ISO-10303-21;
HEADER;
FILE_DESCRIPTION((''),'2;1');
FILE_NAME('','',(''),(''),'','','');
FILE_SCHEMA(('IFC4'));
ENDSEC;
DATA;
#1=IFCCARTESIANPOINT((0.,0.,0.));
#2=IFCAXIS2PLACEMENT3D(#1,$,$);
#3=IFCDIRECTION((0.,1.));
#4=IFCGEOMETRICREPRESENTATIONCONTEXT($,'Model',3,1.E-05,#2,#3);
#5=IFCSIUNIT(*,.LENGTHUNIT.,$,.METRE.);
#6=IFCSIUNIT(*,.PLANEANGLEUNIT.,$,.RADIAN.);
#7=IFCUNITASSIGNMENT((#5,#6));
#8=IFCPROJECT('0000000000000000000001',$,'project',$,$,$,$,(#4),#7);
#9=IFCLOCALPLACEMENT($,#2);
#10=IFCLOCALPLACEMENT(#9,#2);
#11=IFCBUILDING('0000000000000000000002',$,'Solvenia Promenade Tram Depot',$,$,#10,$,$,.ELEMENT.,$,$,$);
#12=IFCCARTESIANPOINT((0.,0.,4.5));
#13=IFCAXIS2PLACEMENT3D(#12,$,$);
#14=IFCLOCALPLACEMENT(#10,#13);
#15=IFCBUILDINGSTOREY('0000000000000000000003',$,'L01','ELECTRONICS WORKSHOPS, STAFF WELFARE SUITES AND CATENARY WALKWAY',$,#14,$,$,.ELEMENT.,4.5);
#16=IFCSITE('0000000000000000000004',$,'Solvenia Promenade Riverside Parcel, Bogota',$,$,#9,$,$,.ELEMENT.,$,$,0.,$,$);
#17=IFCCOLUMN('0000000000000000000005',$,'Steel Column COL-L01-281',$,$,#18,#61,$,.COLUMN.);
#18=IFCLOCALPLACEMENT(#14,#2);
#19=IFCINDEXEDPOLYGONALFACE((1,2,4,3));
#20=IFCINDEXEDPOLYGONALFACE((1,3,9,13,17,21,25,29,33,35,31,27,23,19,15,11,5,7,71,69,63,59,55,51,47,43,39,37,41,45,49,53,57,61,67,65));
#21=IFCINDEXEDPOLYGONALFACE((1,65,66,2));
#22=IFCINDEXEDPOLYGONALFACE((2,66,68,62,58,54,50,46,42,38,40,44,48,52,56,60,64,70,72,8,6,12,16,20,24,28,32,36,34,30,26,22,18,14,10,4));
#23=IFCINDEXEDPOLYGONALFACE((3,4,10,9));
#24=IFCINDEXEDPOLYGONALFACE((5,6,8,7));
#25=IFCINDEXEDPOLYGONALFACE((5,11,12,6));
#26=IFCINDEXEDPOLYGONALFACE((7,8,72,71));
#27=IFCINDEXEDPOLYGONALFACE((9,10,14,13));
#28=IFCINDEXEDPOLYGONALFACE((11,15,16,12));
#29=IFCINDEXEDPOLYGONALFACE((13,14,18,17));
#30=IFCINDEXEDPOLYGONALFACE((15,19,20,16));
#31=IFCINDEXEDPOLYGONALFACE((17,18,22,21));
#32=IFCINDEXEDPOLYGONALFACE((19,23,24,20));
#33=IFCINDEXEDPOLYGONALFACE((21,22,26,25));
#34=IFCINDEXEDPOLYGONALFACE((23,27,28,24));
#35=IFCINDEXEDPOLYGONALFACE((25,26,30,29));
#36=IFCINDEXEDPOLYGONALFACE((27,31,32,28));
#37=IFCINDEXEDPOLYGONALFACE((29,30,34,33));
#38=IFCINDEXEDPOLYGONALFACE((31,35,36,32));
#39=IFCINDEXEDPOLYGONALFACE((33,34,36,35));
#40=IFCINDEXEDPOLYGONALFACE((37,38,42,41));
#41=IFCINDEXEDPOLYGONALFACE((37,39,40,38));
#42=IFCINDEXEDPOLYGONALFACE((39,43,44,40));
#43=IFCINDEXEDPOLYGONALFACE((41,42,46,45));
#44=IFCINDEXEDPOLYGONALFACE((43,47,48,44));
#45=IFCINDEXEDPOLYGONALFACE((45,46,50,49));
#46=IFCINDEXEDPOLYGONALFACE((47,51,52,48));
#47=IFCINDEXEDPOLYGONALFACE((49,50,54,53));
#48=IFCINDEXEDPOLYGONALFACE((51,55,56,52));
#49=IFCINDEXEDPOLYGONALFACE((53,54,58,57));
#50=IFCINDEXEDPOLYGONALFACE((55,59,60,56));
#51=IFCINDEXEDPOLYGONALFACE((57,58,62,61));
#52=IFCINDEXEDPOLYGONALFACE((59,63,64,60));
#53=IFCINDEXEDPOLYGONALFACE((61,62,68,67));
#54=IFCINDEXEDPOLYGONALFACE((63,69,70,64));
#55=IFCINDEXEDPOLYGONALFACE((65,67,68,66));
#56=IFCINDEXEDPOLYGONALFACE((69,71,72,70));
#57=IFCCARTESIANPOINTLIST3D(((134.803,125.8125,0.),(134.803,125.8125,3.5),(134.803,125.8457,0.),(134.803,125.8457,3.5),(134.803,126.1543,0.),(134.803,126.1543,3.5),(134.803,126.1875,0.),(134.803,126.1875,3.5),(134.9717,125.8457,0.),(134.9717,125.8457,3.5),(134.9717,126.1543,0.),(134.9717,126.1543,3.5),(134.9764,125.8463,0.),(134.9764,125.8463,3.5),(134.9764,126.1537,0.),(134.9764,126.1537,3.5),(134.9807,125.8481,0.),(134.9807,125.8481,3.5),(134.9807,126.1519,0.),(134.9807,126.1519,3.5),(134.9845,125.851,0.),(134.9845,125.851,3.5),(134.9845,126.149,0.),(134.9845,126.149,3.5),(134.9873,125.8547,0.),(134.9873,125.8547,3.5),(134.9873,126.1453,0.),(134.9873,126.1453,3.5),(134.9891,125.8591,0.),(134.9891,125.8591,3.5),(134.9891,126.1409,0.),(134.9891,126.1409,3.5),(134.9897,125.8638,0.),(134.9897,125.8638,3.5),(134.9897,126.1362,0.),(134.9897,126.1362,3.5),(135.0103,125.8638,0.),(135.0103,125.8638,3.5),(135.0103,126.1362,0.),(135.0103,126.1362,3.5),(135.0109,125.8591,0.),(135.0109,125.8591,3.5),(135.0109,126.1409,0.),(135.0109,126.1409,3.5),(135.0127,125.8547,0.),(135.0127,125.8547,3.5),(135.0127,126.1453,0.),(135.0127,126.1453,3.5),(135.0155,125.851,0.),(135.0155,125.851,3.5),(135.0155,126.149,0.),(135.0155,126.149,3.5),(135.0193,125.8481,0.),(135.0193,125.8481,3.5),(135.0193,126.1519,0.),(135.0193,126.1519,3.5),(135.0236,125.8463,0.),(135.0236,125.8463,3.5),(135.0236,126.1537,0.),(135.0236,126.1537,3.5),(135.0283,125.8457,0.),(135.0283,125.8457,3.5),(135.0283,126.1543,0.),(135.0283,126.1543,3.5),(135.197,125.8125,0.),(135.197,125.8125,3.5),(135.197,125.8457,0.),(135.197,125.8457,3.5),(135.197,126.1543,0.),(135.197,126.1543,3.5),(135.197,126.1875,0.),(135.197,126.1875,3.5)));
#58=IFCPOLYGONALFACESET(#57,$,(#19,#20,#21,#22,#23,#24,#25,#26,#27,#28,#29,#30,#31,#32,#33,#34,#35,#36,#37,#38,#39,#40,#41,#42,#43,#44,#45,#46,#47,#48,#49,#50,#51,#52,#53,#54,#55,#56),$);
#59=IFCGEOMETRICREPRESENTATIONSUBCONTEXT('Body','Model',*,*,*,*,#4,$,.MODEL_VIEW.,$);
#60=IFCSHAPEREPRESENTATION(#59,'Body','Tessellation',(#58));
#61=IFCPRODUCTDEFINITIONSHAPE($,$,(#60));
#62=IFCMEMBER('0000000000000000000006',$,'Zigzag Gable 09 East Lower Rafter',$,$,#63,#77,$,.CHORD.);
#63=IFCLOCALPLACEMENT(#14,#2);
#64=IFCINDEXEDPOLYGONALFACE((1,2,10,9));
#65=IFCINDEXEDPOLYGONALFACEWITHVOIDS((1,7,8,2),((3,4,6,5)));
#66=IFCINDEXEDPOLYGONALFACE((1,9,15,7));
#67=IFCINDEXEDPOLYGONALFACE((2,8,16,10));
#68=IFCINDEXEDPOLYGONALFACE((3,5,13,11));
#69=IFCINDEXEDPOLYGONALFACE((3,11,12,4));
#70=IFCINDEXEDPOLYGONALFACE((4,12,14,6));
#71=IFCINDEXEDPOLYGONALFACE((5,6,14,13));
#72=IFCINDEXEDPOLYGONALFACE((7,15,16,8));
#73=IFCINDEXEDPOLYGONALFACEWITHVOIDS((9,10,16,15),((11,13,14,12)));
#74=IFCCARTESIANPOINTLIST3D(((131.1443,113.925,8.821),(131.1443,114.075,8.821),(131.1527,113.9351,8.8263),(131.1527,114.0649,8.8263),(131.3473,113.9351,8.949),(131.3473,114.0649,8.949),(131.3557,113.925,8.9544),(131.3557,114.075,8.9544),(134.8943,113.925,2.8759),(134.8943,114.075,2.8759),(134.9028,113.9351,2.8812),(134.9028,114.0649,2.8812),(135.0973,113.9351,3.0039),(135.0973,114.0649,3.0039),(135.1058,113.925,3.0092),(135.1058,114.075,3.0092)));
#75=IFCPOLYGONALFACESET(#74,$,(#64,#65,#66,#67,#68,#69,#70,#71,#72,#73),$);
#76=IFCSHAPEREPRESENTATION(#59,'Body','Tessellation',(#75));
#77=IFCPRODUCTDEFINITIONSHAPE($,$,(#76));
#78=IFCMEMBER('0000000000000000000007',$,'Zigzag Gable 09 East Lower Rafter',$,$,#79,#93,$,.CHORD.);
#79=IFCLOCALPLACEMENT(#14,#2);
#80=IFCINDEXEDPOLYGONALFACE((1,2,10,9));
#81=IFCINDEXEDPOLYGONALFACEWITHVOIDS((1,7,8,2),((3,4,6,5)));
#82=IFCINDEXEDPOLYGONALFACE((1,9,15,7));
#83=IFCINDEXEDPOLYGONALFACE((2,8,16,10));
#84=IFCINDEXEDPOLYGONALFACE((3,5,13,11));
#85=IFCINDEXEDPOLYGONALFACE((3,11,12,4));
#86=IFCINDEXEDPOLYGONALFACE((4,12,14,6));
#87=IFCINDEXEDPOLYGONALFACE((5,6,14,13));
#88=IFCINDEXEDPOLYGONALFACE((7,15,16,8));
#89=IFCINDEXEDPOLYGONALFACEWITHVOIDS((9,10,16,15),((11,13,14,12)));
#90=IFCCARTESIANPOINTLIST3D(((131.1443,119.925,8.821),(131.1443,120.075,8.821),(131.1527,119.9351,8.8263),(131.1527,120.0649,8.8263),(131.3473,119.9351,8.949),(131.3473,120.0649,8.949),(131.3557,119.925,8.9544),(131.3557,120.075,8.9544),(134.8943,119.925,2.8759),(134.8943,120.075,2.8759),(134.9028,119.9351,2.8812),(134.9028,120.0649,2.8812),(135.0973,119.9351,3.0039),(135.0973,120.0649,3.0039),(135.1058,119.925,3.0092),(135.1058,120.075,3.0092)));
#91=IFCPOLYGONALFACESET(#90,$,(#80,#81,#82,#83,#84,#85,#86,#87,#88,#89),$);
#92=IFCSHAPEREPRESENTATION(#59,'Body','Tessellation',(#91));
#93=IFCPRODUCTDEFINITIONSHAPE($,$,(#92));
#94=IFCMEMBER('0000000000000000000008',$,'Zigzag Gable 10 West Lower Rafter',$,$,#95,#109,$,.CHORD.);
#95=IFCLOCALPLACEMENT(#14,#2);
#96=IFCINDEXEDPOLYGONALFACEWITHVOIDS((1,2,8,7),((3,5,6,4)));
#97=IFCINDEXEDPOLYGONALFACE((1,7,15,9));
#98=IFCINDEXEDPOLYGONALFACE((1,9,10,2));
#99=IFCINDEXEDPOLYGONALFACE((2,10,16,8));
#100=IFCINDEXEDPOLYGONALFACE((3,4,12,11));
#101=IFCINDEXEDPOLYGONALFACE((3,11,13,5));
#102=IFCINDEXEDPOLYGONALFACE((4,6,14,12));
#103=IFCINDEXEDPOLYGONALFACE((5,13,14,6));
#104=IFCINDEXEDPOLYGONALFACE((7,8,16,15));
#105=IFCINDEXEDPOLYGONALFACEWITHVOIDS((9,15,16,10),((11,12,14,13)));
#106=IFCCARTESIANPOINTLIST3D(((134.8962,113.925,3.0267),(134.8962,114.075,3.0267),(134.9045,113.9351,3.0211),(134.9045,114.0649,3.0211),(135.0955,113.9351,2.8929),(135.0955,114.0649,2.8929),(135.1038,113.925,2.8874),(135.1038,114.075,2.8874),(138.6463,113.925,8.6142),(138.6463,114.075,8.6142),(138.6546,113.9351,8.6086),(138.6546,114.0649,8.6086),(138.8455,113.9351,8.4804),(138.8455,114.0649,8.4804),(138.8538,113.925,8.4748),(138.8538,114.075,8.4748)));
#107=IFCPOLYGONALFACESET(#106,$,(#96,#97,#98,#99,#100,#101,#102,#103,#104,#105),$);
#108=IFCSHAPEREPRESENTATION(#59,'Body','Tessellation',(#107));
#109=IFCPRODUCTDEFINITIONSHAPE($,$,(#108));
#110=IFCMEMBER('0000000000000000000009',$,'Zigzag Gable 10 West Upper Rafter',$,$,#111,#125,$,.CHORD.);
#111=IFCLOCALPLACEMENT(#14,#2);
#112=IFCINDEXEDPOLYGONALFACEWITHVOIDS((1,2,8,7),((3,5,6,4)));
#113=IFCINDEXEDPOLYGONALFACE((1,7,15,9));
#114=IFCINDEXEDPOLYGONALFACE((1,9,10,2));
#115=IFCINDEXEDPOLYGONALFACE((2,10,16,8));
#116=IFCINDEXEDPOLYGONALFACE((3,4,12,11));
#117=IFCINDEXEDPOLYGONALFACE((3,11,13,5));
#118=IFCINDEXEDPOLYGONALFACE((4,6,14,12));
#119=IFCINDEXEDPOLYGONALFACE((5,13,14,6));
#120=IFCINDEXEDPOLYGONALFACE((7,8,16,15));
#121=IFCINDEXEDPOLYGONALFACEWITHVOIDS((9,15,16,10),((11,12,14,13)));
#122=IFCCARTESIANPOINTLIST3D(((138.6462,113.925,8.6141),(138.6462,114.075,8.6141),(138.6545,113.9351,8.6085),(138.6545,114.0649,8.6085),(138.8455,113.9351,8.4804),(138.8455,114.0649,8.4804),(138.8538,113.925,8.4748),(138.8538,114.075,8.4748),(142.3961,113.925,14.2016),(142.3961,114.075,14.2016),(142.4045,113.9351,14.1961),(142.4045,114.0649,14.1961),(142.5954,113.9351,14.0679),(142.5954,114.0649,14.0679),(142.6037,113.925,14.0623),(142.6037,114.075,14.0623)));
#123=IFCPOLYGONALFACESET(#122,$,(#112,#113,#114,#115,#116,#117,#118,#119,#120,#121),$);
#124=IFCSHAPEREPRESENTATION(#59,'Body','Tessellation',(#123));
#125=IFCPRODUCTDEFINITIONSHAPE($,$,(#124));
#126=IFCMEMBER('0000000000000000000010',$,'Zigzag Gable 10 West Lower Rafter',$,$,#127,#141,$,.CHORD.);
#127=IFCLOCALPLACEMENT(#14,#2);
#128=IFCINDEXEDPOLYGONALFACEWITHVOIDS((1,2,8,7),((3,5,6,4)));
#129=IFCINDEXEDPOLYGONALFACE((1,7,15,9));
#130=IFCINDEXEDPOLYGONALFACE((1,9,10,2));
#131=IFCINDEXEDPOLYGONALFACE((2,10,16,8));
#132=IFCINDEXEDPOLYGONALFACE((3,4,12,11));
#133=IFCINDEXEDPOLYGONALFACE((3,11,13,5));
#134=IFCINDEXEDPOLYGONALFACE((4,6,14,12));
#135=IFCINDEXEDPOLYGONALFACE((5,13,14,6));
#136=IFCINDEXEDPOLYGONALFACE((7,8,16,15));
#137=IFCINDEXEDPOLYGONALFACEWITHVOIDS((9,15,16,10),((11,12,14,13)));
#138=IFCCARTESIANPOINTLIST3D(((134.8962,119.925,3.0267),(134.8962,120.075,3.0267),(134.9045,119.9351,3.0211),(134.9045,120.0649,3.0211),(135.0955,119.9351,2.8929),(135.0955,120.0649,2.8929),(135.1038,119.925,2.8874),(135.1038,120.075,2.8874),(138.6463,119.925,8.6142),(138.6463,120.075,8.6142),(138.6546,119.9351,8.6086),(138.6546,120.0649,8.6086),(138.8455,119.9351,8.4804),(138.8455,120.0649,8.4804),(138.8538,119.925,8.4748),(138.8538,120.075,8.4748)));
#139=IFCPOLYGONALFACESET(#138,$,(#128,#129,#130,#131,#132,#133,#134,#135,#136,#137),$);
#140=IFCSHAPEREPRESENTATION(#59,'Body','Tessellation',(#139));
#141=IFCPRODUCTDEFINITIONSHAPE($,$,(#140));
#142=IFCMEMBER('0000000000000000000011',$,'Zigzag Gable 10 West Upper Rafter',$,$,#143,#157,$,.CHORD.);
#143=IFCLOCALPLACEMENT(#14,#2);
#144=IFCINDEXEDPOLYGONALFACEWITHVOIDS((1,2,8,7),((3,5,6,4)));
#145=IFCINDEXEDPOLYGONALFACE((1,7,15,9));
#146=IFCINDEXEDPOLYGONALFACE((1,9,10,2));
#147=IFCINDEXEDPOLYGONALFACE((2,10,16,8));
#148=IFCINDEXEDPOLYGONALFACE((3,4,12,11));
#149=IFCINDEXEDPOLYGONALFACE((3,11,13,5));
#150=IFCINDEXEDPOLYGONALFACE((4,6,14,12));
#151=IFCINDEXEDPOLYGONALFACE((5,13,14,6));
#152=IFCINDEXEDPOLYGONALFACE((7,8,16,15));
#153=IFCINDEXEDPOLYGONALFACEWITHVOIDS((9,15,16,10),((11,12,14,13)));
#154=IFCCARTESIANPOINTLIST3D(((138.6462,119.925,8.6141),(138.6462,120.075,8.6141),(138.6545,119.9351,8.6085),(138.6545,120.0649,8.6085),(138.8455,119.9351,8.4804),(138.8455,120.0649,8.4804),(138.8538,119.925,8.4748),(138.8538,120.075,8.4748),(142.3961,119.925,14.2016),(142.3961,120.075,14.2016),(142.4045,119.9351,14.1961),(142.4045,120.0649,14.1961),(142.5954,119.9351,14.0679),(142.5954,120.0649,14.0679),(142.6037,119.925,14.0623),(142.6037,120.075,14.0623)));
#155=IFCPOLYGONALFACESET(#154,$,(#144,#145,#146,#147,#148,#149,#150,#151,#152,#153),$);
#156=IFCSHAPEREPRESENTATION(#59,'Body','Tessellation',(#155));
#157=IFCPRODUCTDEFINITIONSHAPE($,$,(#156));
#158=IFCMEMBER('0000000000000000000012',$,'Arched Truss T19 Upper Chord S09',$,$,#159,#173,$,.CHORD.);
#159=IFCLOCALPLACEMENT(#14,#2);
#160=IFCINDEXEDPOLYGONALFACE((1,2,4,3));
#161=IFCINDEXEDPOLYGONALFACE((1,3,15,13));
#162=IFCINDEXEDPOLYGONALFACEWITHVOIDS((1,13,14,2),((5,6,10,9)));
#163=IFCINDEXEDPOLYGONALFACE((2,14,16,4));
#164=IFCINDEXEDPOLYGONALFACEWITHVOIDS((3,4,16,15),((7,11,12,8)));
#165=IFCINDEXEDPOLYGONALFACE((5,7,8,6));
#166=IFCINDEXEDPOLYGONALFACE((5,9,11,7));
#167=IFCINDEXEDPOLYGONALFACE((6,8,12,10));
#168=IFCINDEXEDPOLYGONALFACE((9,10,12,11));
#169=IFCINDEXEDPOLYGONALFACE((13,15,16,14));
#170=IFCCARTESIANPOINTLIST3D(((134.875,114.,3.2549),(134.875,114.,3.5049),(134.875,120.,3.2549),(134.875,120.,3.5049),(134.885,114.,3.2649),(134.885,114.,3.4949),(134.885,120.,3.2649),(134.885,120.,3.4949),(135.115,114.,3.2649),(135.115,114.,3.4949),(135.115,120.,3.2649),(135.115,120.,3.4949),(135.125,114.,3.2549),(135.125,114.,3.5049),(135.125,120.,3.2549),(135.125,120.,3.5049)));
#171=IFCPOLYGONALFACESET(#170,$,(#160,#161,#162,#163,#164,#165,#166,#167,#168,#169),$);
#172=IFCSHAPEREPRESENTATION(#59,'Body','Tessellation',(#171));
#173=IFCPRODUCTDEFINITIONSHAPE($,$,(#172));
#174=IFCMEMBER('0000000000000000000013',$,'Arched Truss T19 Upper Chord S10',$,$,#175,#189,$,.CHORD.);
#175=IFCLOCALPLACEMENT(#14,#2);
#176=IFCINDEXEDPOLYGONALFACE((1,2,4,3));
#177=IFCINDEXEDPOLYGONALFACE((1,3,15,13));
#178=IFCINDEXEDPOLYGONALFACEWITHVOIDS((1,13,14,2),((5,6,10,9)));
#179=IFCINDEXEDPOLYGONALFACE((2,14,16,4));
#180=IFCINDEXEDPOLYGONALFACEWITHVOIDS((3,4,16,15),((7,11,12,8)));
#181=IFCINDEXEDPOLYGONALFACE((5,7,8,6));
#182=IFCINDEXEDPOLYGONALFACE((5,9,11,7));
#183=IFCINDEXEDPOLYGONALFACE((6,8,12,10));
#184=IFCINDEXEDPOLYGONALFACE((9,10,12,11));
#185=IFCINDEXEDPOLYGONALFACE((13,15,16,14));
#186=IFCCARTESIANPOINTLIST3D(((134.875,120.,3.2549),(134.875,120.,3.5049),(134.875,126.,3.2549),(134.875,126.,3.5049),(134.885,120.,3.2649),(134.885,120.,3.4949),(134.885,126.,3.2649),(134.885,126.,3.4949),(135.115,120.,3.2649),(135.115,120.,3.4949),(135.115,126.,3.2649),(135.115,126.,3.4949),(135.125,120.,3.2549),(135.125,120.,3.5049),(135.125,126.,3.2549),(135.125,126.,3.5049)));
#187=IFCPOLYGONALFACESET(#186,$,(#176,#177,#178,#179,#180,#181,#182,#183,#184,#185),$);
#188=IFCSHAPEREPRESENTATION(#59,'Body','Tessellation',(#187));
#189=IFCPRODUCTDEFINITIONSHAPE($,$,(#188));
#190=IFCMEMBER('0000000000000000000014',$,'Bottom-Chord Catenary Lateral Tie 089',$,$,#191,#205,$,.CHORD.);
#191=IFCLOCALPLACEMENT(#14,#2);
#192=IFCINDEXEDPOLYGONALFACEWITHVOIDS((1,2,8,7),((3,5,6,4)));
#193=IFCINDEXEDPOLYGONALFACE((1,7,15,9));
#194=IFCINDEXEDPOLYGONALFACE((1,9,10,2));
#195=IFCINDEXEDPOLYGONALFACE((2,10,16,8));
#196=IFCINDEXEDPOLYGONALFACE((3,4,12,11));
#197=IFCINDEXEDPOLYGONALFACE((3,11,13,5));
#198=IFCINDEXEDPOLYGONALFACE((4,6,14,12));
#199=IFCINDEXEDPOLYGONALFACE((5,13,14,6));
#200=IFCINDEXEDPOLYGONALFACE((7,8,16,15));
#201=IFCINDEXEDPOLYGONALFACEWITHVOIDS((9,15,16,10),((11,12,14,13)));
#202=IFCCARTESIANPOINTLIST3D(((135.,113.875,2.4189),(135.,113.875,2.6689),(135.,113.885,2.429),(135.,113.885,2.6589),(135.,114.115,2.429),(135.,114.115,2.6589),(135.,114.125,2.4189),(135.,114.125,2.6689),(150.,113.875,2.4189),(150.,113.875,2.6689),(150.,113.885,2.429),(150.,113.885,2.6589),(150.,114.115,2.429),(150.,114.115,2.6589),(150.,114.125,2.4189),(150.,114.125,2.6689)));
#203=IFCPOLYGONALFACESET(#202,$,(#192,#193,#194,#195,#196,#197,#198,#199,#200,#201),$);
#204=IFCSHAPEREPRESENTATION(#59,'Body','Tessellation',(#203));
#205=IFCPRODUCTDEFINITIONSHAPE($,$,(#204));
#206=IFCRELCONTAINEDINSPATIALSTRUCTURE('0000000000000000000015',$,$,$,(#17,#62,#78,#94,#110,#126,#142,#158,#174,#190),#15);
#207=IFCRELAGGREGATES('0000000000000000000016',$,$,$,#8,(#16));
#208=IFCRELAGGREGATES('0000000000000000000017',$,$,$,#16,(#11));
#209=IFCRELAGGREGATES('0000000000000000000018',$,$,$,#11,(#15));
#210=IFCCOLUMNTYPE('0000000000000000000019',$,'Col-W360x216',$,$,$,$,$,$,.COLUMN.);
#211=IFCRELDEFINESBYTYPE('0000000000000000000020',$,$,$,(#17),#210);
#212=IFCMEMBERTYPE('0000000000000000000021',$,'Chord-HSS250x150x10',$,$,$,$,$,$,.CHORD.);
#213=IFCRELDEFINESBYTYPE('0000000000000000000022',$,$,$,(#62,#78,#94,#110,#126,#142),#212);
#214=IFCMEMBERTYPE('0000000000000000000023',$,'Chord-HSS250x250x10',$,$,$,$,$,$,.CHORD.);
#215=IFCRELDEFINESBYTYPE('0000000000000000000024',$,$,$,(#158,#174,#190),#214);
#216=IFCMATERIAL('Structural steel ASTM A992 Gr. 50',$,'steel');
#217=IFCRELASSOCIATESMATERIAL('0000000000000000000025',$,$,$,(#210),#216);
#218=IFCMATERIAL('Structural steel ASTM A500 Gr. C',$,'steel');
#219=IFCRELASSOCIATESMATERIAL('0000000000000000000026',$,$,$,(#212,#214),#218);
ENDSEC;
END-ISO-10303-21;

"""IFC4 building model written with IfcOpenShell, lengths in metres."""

from ifc_helpers import new_model, si_unit, direction, frame, origin, origin_2d, place, context, subcontext, project, spatial, hollow_rectangle, i_section, extrude, material, material_profile, profile_set, type_object, element, save


model = new_model("IFC4")

# Units and contexts
model_context = context("Model", 3, precision=1e-05, world=origin(), true_north=direction((0.0, 1.0)))
body_context = subcontext(model_context, "Body", "Model", "MODEL_VIEW")
ifc_project = project(units=[si_unit("LENGTHUNIT", "METRE"), si_unit("PLANEANGLEUNIT", "RADIAN")], contexts=[model_context])

# Site, building, storey
site_placement = place(None, origin())
site = spatial("IfcSite", under=ifc_project, at=site_placement, Name="Solvenia Promenade Riverside Parcel, Bogota", CompositionType="ELEMENT", RefElevation=0.0)
building_placement = place(site_placement, origin())
building = spatial("IfcBuilding", under=site, at=building_placement, Name="Solvenia Promenade Tram Depot", CompositionType="ELEMENT")
storey_placement = place(building_placement, frame((0.0, 0.0, 4.5)))
storey = spatial("IfcBuildingStorey", under=building, at=storey_placement, Name="L01", Description="ELECTRONICS WORKSHOPS, STAFF WELFARE SUITES AND CATENARY WALKWAY", CompositionType="ELEMENT", Elevation=4.5)

# Column
ifc_material_1 = material(Name="Structural steel ASTM A992 Gr. 50", Category="steel")
ifc_material_profile_1 = material_profile(ifc_material_1, i_section(OverallWidth=0.394, OverallDepth=0.375, WebThickness=0.0205, FlangeThickness=0.0332, FilletRadius=0.0181, at=origin_2d()), Name="W360x216", Category="steel")
ifc_profile_set_1 = profile_set([ifc_material_profile_1], Name="Structural steel ASTM A992 Gr. 50")
column_type = type_object("IfcColumnType", Name="Col-W360x216", PredefinedType="COLUMN", material=ifc_profile_set_1)
column_placement = place(storey_placement, frame((135.0, 126.0, 0.0), z_axis=(0.0, 0.0, 1.0), x_axis=(1.0, 0.0, 0.0)))
element("IfcColumn", 1, at=column_placement, inside=storey, type_object=column_type, Name="Steel Column COL-L01-281", PredefinedType="COLUMN", context=body_context, shape_type="SweptSolid", body=[
    extrude(i_section(OverallWidth=0.394, OverallDepth=0.375, WebThickness=0.0205, FlangeThickness=0.0332, FilletRadius=0.0181, at=origin_2d()), origin(), (0.0, 0.0, 1.0), 3.5),
])

# Members
ifc_material_2 = material(Name="Structural steel ASTM A500 Gr. C", Category="steel")
ifc_material_profile_2 = material_profile(ifc_material_2, hollow_rectangle(XDim=0.1499, YDim=0.25, WallThickness=0.01, at=origin_2d()), Name="HSS250x150x10", Category="steel")
ifc_profile_set_2 = profile_set([ifc_material_profile_2], Name="Structural steel ASTM A500 Gr. C")
member_type_1 = type_object("IfcMemberType", Name="Chord-HSS250x150x10", PredefinedType="CHORD", material=ifc_profile_set_2)
for number, where, z_axis, x_axis, name in (
    (2, (131.25, 114.0, 8.8877), (0.533507, 0.0, -0.845796), (0.0, 1.0, 0.0), "Zigzag Gable 09 East Lower Rafter"),
    (3, (131.25, 120.0, 8.8877), (0.533507, 0.0, -0.845796), (0.0, 1.0, 0.0), "Zigzag Gable 09 East Lower Rafter"),
):
    element("IfcMember", number, at=place(storey_placement, frame(where, z_axis=z_axis, x_axis=x_axis)), inside=storey, type_object=member_type_1, Name=name, PredefinedType="CHORD", context=body_context, shape_type="SweptSolid", body=[
        extrude(hollow_rectangle(XDim=0.1499, YDim=0.25, WallThickness=0.01, at=origin_2d()), origin(), (0.0, 0.0, 1.0), 7.0291),
    ])
for number, where, z_axis, x_axis, name in (
    (4, (135.0, 114.0, 2.957), (0.557276, 0.0, 0.830327), (0.0, 1.0, 0.0), "Zigzag Gable 10 West Lower Rafter"),
    (5, (138.75, 114.0, 8.5444), (0.557259, 0.0, 0.830338), (0.0, 1.0, 0.0), "Zigzag Gable 10 West Upper Rafter"),
    (6, (135.0, 120.0, 2.957), (0.557276, 0.0, 0.830327), (0.0, 1.0, 0.0), "Zigzag Gable 10 West Lower Rafter"),
    (7, (138.75, 120.0, 8.5444), (0.557259, 0.0, 0.830338), (0.0, 1.0, 0.0), "Zigzag Gable 10 West Upper Rafter"),
):
    element("IfcMember", number, at=place(storey_placement, frame(where, z_axis=z_axis, x_axis=x_axis)), inside=storey, type_object=member_type_1, Name=name, PredefinedType="CHORD", context=body_context, shape_type="SweptSolid", body=[
        extrude(hollow_rectangle(XDim=0.1499, YDim=0.25, WallThickness=0.01, at=origin_2d()), origin(), (0.0, 0.0, 1.0), 6.7292),
    ])
ifc_material_profile_3 = material_profile(ifc_material_2, hollow_rectangle(XDim=0.25, YDim=0.25, WallThickness=0.01, at=origin_2d()), Name="HSS250x250x10", Category="steel")
ifc_profile_set_3 = profile_set([ifc_material_profile_3], Name="Structural steel ASTM A500 Gr. C")
member_type_2 = type_object("IfcMemberType", Name="Chord-HSS250x250x10", PredefinedType="CHORD", material=ifc_profile_set_3)
for number, where, z_axis, x_axis, name in (
    (8, (135.0, 114.0, 3.3799), (0.0, 1.0, 0.0), (-1.0, 0.0, 0.0), "Arched Truss T19 Upper Chord S09"),
    (9, (135.0, 120.0, 3.3799), (0.0, 1.0, 0.0), (-1.0, 0.0, 0.0), "Arched Truss T19 Upper Chord S10"),
):
    element("IfcMember", number, at=place(storey_placement, frame(where, z_axis=z_axis, x_axis=x_axis)), inside=storey, type_object=member_type_2, Name=name, PredefinedType="CHORD", context=body_context, shape_type="SweptSolid", body=[
        extrude(hollow_rectangle(XDim=0.25, YDim=0.25, WallThickness=0.01, at=origin_2d()), origin(), (0.0, 0.0, 1.0), 6.0),
    ])
for number, where, z_axis, x_axis, name in (
    (10, (135.0, 114.0, 2.5439), (1.0, 0.0, 0.0), (0.0, 1.0, 0.0), "Bottom-Chord Catenary Lateral Tie 089"),
):
    element("IfcMember", number, at=place(storey_placement, frame(where, z_axis=z_axis, x_axis=x_axis)), inside=storey, type_object=member_type_2, Name=name, PredefinedType="CHORD", context=body_context, shape_type="SweptSolid", body=[
        extrude(hollow_rectangle(XDim=0.25, YDim=0.25, WallThickness=0.01, at=origin_2d()), origin(), (0.0, 0.0, 1.0), 15.0),
    ])

save(model, "model.ifc")
